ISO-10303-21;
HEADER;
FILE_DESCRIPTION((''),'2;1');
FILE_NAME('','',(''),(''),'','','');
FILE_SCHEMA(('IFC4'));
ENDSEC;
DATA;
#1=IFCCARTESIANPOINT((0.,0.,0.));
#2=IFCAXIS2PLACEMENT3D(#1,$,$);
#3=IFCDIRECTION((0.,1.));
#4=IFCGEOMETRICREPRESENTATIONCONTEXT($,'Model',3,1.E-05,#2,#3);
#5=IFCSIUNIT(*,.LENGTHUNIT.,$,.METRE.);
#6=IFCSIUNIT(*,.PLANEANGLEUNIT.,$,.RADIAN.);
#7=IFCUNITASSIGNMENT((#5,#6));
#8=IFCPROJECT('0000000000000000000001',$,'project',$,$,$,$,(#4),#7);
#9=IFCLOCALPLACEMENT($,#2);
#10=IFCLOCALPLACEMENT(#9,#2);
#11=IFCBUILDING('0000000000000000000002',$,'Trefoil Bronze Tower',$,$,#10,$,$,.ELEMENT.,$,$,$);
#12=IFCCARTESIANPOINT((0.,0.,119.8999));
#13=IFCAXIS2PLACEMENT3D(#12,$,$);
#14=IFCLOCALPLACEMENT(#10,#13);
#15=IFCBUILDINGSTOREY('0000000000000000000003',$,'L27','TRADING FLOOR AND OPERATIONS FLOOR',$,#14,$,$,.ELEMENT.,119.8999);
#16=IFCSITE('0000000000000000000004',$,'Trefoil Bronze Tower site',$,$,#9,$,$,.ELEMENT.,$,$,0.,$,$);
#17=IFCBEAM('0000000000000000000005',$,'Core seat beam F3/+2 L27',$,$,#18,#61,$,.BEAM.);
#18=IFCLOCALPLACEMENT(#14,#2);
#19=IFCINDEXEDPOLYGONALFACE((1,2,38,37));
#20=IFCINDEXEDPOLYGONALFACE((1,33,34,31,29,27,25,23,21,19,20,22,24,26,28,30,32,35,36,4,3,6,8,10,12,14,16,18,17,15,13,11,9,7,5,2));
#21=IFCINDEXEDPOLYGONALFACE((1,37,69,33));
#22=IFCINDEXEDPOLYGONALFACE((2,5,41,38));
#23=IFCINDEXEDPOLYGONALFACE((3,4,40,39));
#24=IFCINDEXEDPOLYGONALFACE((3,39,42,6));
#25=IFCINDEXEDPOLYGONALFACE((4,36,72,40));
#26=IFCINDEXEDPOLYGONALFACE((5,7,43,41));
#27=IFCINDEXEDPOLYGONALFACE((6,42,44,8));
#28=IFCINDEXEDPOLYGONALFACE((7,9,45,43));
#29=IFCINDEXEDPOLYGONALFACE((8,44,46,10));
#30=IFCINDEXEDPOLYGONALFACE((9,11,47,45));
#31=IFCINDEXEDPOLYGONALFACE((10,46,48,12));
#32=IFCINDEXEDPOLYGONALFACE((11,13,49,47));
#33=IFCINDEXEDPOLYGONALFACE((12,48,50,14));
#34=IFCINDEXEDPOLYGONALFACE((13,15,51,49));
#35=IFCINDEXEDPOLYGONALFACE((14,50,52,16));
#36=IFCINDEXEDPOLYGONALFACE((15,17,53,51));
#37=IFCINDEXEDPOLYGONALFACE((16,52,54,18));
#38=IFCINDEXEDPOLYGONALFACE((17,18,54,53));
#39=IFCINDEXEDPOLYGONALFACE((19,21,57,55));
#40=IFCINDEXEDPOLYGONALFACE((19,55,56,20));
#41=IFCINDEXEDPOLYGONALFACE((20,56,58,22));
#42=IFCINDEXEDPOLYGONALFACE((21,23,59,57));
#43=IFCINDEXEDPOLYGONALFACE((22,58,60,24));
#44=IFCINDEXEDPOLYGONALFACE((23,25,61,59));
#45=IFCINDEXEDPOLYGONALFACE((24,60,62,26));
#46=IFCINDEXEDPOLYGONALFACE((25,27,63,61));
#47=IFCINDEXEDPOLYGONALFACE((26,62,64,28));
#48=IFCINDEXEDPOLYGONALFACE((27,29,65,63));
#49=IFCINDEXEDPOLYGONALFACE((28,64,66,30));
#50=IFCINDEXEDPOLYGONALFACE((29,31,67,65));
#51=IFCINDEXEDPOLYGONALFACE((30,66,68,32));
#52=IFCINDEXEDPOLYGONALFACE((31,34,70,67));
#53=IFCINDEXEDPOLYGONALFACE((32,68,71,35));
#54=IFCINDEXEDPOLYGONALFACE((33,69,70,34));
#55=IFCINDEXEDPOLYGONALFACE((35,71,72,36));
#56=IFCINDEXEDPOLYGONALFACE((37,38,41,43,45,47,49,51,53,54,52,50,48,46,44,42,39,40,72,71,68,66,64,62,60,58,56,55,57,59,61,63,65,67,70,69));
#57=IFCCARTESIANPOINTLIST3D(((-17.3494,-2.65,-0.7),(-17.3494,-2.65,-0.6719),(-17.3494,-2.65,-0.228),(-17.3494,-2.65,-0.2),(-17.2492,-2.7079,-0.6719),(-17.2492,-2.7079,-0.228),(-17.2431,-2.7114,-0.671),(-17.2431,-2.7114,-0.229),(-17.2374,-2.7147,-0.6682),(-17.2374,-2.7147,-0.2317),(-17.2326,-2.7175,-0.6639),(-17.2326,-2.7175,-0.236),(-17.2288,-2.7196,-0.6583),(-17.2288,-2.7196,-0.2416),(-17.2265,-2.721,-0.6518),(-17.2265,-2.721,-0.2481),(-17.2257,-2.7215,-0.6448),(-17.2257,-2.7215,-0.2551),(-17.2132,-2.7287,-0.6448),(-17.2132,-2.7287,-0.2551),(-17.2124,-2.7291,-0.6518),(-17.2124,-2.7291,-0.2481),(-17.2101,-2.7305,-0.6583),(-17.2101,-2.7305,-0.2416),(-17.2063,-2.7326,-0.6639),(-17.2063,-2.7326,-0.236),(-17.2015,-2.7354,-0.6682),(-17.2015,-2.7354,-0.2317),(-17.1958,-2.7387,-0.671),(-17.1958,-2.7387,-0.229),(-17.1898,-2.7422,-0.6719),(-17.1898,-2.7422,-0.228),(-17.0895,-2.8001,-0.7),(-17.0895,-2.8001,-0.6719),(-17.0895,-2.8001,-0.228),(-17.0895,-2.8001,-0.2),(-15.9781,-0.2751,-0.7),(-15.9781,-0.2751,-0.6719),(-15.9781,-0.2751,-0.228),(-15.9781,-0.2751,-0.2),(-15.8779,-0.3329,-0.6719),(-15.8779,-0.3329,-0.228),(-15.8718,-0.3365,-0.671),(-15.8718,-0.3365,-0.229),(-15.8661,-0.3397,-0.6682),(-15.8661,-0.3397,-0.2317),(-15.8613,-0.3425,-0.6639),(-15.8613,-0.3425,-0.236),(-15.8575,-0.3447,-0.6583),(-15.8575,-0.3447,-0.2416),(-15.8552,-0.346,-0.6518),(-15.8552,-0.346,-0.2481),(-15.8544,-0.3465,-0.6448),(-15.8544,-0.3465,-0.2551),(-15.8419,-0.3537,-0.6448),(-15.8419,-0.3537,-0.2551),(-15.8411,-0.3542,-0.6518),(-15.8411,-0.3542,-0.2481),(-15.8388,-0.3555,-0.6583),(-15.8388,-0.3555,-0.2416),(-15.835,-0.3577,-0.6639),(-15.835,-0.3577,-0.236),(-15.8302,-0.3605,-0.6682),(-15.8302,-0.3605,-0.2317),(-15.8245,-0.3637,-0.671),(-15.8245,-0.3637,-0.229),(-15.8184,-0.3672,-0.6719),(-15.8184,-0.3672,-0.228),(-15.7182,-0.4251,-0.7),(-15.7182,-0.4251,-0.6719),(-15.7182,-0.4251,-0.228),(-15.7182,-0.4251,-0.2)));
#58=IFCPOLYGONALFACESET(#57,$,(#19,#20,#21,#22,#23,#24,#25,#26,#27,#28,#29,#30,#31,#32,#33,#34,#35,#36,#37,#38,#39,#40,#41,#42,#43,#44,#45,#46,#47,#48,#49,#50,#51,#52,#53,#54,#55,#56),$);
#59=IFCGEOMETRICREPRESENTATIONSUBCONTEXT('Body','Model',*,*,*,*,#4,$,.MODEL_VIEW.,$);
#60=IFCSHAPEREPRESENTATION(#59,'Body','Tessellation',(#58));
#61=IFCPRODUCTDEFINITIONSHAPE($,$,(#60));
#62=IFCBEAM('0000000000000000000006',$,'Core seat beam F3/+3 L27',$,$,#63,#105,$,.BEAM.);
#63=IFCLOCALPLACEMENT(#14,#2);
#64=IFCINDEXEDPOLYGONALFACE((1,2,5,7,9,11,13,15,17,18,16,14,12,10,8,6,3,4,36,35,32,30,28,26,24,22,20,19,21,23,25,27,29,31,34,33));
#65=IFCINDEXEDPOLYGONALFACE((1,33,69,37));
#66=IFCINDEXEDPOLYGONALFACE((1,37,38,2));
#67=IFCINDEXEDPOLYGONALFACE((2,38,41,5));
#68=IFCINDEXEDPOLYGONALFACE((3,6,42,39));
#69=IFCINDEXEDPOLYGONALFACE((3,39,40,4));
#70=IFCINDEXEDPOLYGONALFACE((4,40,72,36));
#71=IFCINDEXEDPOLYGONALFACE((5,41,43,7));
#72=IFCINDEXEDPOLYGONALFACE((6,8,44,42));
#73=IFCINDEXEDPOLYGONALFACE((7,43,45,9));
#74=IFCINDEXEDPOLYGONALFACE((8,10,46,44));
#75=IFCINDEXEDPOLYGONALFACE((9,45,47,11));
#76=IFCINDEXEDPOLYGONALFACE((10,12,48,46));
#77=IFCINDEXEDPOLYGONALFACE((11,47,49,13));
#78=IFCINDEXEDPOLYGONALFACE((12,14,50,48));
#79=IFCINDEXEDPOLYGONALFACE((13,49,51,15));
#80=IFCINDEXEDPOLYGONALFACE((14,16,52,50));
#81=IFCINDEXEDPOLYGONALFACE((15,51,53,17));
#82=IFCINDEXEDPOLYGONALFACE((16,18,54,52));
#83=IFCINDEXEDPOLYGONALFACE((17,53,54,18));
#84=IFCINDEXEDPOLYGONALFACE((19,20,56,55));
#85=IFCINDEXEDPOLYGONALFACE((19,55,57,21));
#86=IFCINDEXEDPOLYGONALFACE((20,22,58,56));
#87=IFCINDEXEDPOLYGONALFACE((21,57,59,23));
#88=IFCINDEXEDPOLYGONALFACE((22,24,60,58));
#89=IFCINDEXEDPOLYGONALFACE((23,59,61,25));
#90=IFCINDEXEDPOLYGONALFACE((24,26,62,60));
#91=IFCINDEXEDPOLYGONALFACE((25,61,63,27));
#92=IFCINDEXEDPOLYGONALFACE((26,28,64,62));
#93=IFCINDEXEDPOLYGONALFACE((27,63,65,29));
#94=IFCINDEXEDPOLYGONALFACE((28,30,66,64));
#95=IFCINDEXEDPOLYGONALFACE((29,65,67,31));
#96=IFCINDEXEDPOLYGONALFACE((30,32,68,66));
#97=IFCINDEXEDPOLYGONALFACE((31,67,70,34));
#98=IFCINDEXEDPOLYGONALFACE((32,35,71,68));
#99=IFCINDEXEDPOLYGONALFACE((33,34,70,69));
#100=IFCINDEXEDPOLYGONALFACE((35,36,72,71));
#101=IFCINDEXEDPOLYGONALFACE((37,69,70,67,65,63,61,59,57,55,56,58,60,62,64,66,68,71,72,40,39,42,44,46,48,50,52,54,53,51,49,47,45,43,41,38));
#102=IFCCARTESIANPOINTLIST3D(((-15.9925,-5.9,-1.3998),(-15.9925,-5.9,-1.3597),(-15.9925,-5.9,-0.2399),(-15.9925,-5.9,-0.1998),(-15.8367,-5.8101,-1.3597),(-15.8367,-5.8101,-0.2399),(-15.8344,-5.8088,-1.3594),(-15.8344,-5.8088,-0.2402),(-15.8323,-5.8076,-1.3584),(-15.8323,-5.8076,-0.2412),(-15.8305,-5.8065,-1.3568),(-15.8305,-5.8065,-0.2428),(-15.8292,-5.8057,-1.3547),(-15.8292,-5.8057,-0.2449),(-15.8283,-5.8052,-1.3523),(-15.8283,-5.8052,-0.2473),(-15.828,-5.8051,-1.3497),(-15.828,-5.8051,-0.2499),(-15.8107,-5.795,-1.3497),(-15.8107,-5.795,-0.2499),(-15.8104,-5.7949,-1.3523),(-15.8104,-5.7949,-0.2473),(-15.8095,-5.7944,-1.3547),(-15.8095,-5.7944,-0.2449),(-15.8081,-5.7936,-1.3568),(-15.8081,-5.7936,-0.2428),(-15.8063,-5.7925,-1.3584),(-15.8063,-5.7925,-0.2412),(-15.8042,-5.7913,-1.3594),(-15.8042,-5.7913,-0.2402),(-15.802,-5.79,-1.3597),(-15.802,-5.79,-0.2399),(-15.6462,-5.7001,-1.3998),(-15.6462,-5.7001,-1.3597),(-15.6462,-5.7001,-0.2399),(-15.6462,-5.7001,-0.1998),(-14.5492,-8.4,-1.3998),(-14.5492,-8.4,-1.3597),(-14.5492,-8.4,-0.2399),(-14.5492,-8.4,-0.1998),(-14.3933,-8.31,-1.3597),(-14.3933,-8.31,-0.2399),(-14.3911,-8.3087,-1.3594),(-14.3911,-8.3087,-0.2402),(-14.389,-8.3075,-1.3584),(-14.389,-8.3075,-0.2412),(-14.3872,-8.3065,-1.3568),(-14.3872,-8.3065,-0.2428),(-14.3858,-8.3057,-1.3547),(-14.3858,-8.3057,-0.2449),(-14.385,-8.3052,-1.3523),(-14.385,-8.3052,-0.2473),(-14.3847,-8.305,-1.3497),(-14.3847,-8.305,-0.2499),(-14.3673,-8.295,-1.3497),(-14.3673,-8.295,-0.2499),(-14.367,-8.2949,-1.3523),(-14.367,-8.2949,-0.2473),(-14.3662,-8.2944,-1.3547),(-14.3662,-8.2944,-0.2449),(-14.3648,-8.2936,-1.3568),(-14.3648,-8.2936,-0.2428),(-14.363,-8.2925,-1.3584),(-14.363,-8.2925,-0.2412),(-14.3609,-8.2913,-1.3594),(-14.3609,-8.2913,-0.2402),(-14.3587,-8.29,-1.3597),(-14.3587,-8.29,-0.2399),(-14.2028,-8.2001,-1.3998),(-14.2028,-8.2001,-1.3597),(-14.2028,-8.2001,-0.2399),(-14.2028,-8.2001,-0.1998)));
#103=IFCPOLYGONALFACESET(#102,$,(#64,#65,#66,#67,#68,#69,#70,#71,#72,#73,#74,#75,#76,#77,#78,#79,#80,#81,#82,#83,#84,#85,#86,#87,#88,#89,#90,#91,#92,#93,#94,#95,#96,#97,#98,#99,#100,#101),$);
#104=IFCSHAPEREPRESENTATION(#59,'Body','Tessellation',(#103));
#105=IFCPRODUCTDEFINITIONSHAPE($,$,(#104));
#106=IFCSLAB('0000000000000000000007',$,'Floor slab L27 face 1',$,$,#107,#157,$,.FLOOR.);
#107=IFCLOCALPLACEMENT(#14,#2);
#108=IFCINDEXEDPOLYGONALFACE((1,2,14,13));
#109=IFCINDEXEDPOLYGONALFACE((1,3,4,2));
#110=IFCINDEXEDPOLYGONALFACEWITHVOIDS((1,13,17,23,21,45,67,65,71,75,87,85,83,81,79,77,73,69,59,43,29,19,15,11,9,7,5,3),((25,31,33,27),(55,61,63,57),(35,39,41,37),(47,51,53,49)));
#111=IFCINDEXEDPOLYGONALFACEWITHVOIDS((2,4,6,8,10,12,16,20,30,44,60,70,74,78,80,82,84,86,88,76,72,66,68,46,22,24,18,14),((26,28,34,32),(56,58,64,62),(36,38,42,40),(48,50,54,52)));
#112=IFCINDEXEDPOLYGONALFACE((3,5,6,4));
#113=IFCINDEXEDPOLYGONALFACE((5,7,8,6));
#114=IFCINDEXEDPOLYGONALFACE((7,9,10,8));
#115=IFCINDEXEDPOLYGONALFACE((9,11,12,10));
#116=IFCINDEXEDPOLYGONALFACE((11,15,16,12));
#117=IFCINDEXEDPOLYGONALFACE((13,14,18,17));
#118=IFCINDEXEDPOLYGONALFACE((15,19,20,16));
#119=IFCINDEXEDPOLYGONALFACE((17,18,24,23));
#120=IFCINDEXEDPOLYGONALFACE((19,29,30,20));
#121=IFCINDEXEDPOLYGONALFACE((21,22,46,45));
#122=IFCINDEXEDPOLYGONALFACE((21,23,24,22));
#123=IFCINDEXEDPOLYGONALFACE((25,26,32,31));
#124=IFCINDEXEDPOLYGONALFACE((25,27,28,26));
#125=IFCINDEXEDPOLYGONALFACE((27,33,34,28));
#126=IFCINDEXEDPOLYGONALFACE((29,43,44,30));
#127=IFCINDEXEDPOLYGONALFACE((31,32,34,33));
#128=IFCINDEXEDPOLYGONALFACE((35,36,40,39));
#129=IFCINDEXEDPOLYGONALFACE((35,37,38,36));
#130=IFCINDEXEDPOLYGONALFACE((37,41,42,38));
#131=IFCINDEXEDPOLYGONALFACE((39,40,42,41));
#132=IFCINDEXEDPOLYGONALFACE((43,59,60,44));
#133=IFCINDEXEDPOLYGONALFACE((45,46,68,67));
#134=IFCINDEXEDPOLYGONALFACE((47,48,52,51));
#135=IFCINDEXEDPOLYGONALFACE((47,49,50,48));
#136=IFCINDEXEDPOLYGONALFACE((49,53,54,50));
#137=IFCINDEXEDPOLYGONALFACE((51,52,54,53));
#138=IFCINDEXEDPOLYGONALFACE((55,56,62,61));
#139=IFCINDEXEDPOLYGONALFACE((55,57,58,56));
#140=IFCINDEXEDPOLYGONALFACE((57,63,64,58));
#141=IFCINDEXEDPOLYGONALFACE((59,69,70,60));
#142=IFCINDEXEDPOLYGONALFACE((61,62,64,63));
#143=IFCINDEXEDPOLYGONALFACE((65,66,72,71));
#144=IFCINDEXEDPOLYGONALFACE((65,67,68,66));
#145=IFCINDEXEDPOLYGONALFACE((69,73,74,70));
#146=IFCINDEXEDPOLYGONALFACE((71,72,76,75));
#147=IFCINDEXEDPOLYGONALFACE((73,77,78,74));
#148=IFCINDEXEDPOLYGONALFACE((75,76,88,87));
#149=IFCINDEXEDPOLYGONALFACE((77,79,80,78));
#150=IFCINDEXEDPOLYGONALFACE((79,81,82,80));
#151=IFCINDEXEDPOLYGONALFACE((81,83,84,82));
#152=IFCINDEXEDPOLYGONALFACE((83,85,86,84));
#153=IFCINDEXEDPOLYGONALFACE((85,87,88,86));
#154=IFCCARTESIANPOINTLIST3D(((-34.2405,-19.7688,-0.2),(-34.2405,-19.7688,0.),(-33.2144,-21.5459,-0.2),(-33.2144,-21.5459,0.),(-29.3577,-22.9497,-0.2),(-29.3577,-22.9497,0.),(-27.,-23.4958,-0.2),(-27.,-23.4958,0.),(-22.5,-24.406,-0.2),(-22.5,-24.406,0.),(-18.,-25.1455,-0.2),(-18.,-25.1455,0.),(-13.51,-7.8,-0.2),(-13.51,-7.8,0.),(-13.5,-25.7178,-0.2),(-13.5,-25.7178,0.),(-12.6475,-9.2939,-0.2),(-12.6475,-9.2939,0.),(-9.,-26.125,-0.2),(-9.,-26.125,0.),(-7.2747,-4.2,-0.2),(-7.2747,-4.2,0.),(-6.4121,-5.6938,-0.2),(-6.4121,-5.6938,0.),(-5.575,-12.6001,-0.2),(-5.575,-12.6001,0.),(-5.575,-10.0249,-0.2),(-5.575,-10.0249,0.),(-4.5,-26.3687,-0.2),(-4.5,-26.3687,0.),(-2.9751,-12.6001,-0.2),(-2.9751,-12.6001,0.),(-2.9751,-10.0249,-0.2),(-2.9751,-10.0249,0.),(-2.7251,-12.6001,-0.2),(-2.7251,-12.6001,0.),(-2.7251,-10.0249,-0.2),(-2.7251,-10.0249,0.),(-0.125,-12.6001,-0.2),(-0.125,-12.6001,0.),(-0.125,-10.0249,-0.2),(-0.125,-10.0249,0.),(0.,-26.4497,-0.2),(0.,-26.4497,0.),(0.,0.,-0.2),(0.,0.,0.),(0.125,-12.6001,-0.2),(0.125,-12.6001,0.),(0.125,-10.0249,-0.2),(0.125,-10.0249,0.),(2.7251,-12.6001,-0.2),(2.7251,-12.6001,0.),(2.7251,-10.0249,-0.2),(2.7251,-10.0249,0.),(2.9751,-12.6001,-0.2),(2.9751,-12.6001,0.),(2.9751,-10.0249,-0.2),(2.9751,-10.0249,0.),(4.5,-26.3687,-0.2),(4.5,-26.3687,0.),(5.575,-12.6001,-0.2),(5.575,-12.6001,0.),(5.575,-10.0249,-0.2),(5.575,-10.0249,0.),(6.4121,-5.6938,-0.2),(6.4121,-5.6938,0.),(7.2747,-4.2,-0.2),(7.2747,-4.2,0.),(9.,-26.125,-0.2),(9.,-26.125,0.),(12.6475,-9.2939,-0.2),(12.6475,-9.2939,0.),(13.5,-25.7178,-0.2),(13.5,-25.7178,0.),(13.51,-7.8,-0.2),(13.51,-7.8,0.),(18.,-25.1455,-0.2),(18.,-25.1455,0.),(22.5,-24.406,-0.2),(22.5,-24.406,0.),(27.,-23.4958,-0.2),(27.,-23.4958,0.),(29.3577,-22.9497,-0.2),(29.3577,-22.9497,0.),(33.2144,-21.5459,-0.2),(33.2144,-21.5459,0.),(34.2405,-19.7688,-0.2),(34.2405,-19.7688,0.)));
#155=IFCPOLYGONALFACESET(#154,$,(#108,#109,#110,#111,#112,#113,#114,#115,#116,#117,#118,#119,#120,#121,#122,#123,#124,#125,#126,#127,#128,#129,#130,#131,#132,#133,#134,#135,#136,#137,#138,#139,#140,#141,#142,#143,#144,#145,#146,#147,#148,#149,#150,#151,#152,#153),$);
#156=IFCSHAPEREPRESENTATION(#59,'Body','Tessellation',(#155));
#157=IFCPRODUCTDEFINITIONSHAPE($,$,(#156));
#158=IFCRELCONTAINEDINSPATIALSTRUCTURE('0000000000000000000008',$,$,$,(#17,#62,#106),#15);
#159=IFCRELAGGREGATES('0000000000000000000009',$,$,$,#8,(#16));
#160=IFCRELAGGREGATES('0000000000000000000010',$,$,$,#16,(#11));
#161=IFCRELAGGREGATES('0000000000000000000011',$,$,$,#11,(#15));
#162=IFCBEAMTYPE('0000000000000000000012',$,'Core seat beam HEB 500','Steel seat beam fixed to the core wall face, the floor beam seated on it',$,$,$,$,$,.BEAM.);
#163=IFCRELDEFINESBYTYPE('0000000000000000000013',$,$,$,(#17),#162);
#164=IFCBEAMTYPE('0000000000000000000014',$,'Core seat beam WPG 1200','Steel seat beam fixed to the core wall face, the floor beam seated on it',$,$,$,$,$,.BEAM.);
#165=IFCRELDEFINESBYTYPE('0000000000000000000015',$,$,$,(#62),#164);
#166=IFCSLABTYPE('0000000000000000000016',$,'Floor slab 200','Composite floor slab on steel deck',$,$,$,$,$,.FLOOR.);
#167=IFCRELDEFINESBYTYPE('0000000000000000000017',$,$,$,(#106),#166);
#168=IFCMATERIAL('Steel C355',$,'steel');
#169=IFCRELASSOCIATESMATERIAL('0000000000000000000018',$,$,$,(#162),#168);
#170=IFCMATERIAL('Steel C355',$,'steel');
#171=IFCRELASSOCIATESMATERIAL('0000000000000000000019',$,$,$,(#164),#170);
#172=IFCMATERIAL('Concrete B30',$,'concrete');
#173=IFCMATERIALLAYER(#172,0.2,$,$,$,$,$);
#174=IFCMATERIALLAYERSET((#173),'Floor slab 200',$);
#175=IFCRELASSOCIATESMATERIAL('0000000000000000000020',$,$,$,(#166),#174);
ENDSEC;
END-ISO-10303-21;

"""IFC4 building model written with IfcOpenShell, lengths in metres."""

from ifc_helpers import new_model, si_unit, direction, frame, origin, origin_2d, place, context, subcontext, project, spatial, polyline, i_section, outline, extrude, material, layer, layer_set, material_profile, profile_set, type_object, element, save


model = new_model("IFC4")

# Units and contexts
model_context = context("Model", 3, precision=1e-05, world=origin(), true_north=direction((0.0, 1.0)))
body_context = subcontext(model_context, "Body", "Model", "MODEL_VIEW")
ifc_project = project(units=[si_unit("LENGTHUNIT", "METRE"), si_unit("PLANEANGLEUNIT", "RADIAN")], contexts=[model_context])

# Site, building, storey
site_placement = place(None, origin())
site = spatial("IfcSite", under=ifc_project, at=site_placement, Name="Trefoil Bronze Tower site", CompositionType="ELEMENT", RefElevation=0.0)
building_placement = place(site_placement, origin())
building = spatial("IfcBuilding", under=site, at=building_placement, Name="Trefoil Bronze Tower", CompositionType="ELEMENT")
storey_placement = place(building_placement, frame((0.0, 0.0, 119.8999)))
storey = spatial("IfcBuildingStorey", under=building, at=storey_placement, Name="L27", Description="TRADING FLOOR AND OPERATIONS FLOOR", CompositionType="ELEMENT", Elevation=119.8999)

# Beams
ifc_material_1 = material(Name="Steel C355", Category="steel")
ifc_material_profile_1 = material_profile(ifc_material_1, i_section(OverallWidth=0.3, OverallDepth=0.5, WebThickness=0.0144, FlangeThickness=0.0281, FilletRadius=0.0271, at=origin_2d()), Name="HEB 500")
ifc_profile_set_1 = profile_set([ifc_material_profile_1], Name="Steel C355")
beam_type_1 = type_object("IfcBeamType", Name="Core seat beam HEB 500", Description="Steel seat beam fixed to the core wall face, the floor beam seated on it", PredefinedType="BEAM", material=ifc_profile_set_1)
beam_1_placement = place(storey_placement, frame((-15.8481, -0.3501, -0.45), z_axis=(-0.500036, -0.866005, 0.0), x_axis=(0.866005, -0.500036, 0.0)))
element("IfcBeam", 1, at=beam_1_placement, inside=storey, type_object=beam_type_1, Name="Core seat beam F3/+2 L27", PredefinedType="BEAM", context=body_context, shape_type="SweptSolid", body=[
    extrude(i_section(OverallWidth=0.3, OverallDepth=0.5, WebThickness=0.0144, FlangeThickness=0.0281, FilletRadius=0.0271, at=origin_2d()), origin(), (0.0, 0.0, 1.0), 2.7424),
])
ifc_material_2 = material(Name="Steel C355", Category="steel")
ifc_material_profile_2 = material_profile(ifc_material_2, i_section(OverallWidth=0.3999, OverallDepth=1.2, WebThickness=0.02, FlangeThickness=0.04, FilletRadius=0.01, at=origin_2d()), Name="WPG 1200")
ifc_profile_set_2 = profile_set([ifc_material_profile_2], Name="Steel C355")
beam_type_2 = type_object("IfcBeamType", Name="Core seat beam WPG 1200", Description="Steel seat beam fixed to the core wall face, the floor beam seated on it", PredefinedType="BEAM", material=ifc_profile_set_2)
beam_2_placement = place(storey_placement, frame((-15.8193, -5.8, -0.7998), z_axis=(0.499996, -0.866028, 0.0), x_axis=(0.866028, 0.499996, 0.0)))
element("IfcBeam", 2, at=beam_2_placement, inside=storey, type_object=beam_type_2, Name="Core seat beam F3/+3 L27", PredefinedType="BEAM", context=body_context, shape_type="SweptSolid", body=[
    extrude(i_section(OverallWidth=0.3999, OverallDepth=1.2, WebThickness=0.02, FlangeThickness=0.04, FilletRadius=0.01, at=origin_2d()), origin(), (0.0, 0.0, 1.0), 2.8867),
])

# Slab
ifc_material_3 = material(Name="Concrete B30", Category="concrete")
ifc_layer_1 = layer(ifc_material_3, 0.2)
ifc_layer_set_1 = layer_set([ifc_layer_1], Name="Floor slab 200")
slab_type = type_object("IfcSlabType", Name="Floor slab 200", Description="Composite floor slab on steel deck", PredefinedType="FLOOR", material=ifc_layer_set_1)
slab_1_placement = place(storey_placement, frame((0.0, 0.0, -0.2)))
element("IfcSlab", 3, at=slab_1_placement, inside=storey, type_object=slab_type, Name="Floor slab L27 face 1", PredefinedType="FLOOR", context=body_context, shape_type="SweptSolid", body=[
    extrude(outline(polyline([(22.5, -24.406), (18.0, -25.1455), (13.5, -25.7178), (9.0, -26.125), (4.5, -26.3687), (0.0, -26.4497), (-4.5, -26.3687), (-9.0, -26.125), (-13.5, -25.7178), (-18.0, -25.1455), (-22.5, -24.406), (-27.0, -23.4958), (-29.3577, -22.9497), (-33.2144, -21.5459), (-34.2405, -19.7688), (-13.51, -7.8), (-12.6475, -9.2939), (-6.4121, -5.6938), (-7.2747, -4.2), (0.0, 0.0), (7.2747, -4.2), (6.4121, -5.6938), (12.6475, -9.2939), (13.51, -7.8), (34.2405, -19.7688), (33.2144, -21.5459), (29.3577, -22.9497), (27.0, -23.4958), (22.5, -24.406)]), holes=[polyline([(-5.575, -10.0249), (-2.9751, -10.0249), (-2.9751, -12.6001), (-5.575, -12.6001), (-5.575, -10.0249)]), polyline([(-2.7251, -10.0249), (-0.125, -10.0249), (-0.125, -12.6001), (-2.7251, -12.6001), (-2.7251, -10.0249)]), polyline([(0.125, -10.0249), (2.7251, -10.0249), (2.7251, -12.6001), (0.125, -12.6001), (0.125, -10.0249)]), polyline([(2.9751, -10.0249), (5.575, -10.0249), (5.575, -12.6001), (2.9751, -12.6001), (2.9751, -10.0249)])]), origin(), (0.0, 0.0, 1.0), 0.2),
])

save(model, "model.ifc")
